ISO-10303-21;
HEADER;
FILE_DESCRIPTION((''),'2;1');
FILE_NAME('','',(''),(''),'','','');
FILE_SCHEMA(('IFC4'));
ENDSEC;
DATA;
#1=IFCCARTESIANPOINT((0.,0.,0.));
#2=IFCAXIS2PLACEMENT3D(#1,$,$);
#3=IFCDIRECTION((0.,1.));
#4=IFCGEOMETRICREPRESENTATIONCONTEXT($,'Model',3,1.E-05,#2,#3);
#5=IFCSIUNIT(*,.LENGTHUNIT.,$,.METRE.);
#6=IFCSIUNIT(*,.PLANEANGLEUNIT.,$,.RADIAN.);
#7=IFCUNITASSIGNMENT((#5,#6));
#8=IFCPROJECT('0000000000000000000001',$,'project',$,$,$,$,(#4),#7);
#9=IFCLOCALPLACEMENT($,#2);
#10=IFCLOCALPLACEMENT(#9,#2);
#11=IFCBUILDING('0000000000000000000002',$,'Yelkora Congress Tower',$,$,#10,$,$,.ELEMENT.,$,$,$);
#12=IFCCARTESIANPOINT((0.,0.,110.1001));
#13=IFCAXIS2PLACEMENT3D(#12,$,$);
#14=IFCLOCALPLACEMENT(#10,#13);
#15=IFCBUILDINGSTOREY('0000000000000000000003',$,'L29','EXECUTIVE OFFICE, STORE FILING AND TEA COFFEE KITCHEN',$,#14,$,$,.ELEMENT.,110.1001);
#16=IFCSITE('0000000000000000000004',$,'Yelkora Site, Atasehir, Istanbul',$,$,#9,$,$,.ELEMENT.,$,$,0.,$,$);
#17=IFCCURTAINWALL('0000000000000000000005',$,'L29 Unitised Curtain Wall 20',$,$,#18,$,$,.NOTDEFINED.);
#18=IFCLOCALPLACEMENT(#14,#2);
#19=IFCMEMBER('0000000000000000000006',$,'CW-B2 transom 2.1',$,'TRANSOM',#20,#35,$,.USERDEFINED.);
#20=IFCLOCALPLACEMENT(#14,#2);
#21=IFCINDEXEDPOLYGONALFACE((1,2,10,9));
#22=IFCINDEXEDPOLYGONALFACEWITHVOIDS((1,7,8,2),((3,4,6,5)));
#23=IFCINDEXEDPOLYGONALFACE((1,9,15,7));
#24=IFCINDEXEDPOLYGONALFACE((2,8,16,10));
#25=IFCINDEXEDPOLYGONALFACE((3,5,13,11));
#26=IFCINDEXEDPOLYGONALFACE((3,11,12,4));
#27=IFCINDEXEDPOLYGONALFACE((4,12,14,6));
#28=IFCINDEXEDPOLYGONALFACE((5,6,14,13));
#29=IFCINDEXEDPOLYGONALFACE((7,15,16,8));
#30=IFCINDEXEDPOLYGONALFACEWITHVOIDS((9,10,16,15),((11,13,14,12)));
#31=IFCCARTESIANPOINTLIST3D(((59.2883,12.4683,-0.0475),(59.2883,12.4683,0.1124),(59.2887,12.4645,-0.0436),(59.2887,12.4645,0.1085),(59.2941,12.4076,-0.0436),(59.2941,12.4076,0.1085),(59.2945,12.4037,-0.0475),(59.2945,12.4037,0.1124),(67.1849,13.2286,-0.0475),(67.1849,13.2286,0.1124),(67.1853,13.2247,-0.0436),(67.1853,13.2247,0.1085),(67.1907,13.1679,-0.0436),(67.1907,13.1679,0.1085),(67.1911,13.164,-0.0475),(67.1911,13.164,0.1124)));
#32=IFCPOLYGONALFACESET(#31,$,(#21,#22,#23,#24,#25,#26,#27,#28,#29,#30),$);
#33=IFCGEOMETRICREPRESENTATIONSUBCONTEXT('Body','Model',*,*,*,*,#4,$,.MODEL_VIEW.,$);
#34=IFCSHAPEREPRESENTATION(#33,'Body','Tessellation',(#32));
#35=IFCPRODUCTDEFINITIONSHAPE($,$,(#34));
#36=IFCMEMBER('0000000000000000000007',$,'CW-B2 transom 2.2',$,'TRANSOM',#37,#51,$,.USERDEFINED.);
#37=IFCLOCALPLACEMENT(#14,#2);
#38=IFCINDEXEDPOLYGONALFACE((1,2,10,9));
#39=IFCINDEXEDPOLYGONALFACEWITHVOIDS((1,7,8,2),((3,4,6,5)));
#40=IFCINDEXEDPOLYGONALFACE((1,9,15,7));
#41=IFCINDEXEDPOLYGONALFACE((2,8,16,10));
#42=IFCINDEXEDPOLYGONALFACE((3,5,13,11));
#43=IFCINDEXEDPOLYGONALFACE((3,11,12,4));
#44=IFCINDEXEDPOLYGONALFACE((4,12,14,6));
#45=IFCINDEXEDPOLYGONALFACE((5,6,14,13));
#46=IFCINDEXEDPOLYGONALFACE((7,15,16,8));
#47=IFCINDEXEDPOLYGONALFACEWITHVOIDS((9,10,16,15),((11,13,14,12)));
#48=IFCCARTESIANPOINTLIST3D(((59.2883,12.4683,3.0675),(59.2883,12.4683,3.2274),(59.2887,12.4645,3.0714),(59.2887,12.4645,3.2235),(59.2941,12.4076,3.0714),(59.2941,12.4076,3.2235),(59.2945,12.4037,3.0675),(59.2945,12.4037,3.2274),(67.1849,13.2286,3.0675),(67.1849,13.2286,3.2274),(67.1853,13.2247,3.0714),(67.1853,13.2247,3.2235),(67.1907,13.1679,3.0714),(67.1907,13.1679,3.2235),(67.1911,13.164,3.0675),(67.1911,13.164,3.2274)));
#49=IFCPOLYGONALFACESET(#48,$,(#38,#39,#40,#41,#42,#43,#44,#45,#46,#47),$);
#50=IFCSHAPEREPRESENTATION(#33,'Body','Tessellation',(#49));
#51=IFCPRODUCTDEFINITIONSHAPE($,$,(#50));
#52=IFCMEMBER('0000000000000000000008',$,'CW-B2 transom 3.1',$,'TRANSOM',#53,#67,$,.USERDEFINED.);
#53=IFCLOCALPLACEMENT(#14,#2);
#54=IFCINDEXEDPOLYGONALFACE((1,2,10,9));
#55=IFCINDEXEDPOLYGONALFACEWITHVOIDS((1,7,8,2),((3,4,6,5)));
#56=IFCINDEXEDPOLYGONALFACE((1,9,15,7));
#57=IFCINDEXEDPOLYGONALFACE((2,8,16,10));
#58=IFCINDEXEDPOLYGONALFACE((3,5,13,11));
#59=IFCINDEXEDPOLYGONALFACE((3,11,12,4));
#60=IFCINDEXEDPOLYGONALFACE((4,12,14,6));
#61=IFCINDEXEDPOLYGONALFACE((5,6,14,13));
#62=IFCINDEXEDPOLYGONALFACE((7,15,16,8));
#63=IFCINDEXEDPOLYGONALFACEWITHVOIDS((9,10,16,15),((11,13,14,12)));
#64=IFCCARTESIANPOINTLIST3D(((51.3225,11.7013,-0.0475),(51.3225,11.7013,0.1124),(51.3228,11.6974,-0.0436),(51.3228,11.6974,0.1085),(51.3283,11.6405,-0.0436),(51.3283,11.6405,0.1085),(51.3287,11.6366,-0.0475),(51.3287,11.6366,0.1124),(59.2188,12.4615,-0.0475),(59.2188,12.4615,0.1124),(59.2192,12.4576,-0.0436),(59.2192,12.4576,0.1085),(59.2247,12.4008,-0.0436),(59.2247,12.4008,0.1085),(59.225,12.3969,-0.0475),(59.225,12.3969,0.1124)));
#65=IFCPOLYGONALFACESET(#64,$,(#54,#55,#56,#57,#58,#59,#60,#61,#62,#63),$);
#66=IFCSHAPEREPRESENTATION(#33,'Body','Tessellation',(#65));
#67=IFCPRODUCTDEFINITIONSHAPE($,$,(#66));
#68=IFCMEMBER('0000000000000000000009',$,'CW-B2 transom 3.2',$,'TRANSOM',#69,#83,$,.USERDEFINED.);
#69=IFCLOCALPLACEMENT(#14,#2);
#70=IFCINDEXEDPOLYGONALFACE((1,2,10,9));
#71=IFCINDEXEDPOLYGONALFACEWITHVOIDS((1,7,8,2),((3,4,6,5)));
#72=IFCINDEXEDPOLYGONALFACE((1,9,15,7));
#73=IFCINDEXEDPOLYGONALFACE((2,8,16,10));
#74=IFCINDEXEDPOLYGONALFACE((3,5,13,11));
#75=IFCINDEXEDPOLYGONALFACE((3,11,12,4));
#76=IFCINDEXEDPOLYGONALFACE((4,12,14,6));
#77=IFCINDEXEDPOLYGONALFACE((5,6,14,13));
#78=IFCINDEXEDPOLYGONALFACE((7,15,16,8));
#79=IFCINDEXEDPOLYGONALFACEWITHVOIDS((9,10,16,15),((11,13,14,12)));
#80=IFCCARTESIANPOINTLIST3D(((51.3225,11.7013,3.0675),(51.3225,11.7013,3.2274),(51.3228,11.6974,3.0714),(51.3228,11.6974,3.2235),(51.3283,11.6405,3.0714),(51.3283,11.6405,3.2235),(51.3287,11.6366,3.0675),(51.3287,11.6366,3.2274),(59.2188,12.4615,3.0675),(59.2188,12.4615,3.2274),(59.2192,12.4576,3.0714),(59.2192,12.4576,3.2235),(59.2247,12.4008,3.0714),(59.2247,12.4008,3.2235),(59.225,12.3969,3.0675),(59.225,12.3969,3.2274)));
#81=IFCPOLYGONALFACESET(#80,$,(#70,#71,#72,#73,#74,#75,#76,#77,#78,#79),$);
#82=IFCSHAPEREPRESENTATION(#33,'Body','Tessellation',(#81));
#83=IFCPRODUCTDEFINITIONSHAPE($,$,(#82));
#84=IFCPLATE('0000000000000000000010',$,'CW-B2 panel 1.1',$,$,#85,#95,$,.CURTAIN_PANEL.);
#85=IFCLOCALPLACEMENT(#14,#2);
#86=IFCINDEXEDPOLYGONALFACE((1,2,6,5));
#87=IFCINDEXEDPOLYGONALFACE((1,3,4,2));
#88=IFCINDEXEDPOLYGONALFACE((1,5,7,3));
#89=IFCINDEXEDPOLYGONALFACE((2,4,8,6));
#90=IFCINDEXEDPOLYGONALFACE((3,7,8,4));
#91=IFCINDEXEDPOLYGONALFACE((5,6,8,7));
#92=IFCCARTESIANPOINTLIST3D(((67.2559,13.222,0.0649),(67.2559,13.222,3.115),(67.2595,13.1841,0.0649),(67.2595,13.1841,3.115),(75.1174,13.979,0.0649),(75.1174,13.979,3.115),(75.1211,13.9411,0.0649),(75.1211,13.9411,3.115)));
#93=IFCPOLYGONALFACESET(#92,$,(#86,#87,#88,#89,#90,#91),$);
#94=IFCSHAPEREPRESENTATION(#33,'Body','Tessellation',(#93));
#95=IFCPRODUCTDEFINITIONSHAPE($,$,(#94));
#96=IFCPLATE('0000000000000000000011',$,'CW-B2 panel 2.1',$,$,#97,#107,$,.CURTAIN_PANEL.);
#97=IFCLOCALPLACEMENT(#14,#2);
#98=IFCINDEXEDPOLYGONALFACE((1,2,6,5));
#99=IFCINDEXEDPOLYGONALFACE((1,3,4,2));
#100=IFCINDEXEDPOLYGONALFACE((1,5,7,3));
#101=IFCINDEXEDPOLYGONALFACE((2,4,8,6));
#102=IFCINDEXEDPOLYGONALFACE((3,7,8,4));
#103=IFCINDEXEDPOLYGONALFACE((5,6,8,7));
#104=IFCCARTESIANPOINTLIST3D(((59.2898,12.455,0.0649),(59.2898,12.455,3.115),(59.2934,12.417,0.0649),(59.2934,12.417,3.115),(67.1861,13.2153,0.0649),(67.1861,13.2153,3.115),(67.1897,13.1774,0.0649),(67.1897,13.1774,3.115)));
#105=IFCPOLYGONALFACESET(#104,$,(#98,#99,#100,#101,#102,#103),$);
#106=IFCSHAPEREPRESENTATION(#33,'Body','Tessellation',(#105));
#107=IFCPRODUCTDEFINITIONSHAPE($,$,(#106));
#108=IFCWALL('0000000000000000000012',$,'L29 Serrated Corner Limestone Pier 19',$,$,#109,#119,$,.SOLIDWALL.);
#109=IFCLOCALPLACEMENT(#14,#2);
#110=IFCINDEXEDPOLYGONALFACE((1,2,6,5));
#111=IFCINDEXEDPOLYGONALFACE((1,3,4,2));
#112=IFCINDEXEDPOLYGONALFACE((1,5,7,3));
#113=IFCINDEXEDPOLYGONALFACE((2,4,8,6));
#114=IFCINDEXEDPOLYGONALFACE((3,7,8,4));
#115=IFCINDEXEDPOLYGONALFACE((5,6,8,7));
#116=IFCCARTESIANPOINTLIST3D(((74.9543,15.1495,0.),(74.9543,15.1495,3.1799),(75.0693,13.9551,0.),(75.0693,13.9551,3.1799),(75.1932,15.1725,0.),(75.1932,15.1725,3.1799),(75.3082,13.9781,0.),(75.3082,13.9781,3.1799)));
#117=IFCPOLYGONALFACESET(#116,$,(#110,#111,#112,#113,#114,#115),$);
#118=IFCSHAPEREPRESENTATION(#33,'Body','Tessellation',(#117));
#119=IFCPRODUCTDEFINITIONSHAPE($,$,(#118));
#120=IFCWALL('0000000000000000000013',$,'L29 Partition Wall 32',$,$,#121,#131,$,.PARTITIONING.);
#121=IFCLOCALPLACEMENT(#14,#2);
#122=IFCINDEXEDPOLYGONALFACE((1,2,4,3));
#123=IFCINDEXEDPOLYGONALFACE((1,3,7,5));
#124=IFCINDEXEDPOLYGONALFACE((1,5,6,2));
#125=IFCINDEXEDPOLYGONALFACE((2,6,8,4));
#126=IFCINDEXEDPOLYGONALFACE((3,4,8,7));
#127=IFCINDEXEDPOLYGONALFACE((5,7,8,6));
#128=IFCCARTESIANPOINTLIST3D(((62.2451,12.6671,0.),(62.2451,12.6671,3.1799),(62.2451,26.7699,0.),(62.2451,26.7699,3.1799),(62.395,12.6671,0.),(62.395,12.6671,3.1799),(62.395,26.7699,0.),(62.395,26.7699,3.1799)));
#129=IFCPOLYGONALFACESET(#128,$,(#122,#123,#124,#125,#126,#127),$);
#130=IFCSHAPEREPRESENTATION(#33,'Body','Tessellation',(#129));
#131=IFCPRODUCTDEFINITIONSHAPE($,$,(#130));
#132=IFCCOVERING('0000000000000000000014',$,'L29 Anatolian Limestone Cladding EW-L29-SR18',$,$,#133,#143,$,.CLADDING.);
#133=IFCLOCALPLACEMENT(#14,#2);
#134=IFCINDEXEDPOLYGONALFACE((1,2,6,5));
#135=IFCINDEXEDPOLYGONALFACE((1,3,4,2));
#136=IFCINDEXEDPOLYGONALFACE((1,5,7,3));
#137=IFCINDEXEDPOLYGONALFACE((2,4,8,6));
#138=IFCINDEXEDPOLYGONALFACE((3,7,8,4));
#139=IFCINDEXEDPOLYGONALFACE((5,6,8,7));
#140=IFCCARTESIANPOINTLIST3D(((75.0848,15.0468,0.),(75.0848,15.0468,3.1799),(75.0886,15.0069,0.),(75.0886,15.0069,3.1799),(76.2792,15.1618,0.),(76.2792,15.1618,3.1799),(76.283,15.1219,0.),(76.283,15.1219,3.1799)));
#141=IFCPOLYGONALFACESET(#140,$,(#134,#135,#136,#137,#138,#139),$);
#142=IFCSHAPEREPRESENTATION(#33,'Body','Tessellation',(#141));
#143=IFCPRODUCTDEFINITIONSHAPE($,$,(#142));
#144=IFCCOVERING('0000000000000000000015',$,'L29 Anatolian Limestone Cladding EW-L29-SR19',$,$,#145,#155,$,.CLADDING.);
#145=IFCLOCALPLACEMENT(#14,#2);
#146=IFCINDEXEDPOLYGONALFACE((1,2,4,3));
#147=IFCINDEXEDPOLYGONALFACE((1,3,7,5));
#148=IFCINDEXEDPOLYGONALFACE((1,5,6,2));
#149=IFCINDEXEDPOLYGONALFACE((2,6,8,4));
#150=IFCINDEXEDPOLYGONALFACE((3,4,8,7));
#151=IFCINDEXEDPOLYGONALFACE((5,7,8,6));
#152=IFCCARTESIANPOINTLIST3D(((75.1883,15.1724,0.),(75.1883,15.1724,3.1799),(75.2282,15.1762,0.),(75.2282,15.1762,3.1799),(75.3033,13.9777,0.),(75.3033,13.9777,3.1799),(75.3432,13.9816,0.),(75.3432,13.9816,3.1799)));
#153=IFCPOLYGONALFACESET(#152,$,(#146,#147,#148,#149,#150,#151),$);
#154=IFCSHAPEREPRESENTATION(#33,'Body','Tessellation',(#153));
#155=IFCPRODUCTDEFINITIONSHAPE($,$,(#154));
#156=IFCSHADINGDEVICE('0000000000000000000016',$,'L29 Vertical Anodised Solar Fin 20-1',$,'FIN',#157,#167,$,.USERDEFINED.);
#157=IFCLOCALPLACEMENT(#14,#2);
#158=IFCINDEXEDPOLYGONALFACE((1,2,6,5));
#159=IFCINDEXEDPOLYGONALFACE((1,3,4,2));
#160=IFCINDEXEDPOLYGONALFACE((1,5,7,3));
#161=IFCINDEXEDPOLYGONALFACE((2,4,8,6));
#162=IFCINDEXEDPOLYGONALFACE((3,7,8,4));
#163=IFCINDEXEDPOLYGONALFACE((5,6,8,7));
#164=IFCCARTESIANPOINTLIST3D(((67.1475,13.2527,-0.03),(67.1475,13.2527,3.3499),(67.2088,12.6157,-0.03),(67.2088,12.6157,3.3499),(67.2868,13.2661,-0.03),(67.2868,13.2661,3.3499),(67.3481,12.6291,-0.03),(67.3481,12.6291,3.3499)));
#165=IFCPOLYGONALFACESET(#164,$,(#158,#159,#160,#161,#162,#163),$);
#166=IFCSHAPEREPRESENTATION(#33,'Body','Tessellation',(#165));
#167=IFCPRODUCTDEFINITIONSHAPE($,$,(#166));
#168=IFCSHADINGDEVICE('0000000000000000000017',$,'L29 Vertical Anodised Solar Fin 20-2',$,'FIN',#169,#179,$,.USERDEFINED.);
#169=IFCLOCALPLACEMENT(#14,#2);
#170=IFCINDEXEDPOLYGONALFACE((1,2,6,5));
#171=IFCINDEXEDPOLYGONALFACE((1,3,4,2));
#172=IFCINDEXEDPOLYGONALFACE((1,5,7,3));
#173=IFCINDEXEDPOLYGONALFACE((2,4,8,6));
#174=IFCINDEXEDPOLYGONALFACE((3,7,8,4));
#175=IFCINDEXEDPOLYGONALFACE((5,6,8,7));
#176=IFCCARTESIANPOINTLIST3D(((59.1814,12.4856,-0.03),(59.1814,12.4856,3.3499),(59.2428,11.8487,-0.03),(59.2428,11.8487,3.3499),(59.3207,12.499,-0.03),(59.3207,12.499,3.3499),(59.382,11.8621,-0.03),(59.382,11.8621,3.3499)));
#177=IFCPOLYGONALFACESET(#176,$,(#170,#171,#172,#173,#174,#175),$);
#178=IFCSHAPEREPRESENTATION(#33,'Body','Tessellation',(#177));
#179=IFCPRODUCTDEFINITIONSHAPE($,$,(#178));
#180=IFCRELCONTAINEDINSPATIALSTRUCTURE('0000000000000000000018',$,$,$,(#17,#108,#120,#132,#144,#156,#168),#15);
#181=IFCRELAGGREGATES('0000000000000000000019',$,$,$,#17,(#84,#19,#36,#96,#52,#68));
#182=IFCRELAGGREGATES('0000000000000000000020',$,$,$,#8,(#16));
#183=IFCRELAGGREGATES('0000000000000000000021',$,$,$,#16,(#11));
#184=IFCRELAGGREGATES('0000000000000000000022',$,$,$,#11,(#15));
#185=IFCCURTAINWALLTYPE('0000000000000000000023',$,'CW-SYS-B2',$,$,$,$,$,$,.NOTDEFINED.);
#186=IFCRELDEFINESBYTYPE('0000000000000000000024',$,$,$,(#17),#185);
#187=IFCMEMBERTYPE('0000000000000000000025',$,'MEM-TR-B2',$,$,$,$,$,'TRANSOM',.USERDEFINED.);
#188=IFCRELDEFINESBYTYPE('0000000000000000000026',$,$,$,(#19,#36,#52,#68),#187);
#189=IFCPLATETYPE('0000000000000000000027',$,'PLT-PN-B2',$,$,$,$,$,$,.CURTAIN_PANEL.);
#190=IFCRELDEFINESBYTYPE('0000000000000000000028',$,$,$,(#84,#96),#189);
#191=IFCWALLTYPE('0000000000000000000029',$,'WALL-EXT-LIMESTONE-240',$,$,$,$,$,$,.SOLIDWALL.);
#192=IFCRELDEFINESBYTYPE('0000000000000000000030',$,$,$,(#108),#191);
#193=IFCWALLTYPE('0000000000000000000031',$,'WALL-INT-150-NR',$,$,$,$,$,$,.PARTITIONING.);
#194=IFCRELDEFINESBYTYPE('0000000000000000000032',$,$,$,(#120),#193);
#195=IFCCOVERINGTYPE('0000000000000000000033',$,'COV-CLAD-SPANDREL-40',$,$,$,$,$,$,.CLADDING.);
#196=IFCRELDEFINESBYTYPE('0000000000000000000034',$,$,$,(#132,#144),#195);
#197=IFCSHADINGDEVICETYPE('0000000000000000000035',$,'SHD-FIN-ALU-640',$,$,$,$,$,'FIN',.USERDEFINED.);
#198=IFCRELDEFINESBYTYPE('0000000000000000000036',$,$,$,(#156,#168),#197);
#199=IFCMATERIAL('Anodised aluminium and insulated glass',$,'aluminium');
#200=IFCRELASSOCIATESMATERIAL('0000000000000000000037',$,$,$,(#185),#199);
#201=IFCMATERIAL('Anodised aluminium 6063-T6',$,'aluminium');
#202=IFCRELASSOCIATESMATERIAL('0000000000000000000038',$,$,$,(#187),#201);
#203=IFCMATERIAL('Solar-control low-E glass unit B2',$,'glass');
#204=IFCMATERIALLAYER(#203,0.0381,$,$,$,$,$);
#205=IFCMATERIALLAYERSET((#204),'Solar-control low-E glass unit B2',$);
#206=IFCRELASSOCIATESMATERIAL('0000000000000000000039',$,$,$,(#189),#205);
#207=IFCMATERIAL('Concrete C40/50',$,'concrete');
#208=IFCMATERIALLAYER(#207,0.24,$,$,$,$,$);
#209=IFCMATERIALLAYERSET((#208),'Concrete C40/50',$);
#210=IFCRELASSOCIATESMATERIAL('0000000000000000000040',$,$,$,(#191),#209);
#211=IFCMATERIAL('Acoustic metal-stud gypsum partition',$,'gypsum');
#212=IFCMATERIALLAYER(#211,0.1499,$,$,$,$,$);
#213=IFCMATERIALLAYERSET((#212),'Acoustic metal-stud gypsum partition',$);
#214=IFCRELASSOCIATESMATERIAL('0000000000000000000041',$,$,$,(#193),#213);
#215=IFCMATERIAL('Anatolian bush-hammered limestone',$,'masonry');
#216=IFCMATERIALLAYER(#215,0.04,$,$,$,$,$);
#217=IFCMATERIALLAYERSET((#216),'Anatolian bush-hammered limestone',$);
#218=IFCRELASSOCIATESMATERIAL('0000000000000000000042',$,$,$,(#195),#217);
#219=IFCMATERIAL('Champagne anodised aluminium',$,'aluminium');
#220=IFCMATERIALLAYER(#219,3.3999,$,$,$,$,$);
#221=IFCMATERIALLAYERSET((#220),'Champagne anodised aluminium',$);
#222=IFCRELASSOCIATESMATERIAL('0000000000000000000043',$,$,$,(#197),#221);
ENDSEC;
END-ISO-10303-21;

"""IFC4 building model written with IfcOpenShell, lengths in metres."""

from ifc_helpers import new_model, si_unit, direction, frame, frame_2d, origin, origin_2d, place, context, subcontext, project, spatial, rectangle, hollow_rectangle, extrude, material, layer, layer_set, material_profile, profile_set, type_object, element, aggregate, save


model = new_model("IFC4")

# Units and contexts
model_context = context("Model", 3, precision=1e-05, world=origin(), true_north=direction((0.0, 1.0)))
body_context = subcontext(model_context, "Body", "Model", "MODEL_VIEW")
ifc_project = project(units=[si_unit("LENGTHUNIT", "METRE"), si_unit("PLANEANGLEUNIT", "RADIAN")], contexts=[model_context])

# Site, building, storey
site_placement = place(None, origin())
site = spatial("IfcSite", under=ifc_project, at=site_placement, Name="Yelkora Site, Atasehir, Istanbul", CompositionType="ELEMENT", RefElevation=0.0)
building_placement = place(site_placement, origin())
building = spatial("IfcBuilding", under=site, at=building_placement, Name="Yelkora Congress Tower", CompositionType="ELEMENT")
storey_placement = place(building_placement, frame((0.0, 0.0, 110.1001)))
storey = spatial("IfcBuildingStorey", under=building, at=storey_placement, Name="L29", Description="EXECUTIVE OFFICE, STORE FILING AND TEA COFFEE KITCHEN", CompositionType="ELEMENT", Elevation=110.1001)

# Curtain wall, members, plates
ifc_material_1 = material(Name="Anodised aluminium and insulated glass", Category="aluminium")
curtain_wall_type = type_object("IfcCurtainWallType", Name="CW-SYS-B2", PredefinedType="NOTDEFINED", material=ifc_material_1)
curtain_wall_placement = place(storey_placement, origin())
curtain_wall = element("IfcCurtainWall", 1, at=curtain_wall_placement, inside=storey, type_object=curtain_wall_type, Name="L29 Unitised Curtain Wall 20", PredefinedType="NOTDEFINED")
ifc_material_2 = material(Name="Anodised aluminium 6063-T6", Category="aluminium")
ifc_material_profile_1 = material_profile(ifc_material_2, hollow_rectangle(XDim=0.0649, YDim=0.1599, WallThickness=0.0039, at=origin_2d()), Name="ALU 65x160x4")
ifc_profile_set_1 = profile_set([ifc_material_profile_1], Name="Anodised aluminium 6063-T6")
member_type_1 = type_object("IfcMemberType", Name="MEM-TR-B2", ElementType="TRANSOM", PredefinedType="USERDEFINED", material=ifc_profile_set_1)
member_1_placement = place(storey_placement, frame((67.188, 13.1963, 0.0325), z_axis=(-0.995397, -0.095834, 0.0), x_axis=(0.095834, -0.995397, 0.0)))
member_1 = element("IfcMember", 2, at=member_1_placement, type_object=member_type_1, Name="CW-B2 transom 2.1", ObjectType="TRANSOM", PredefinedType="USERDEFINED", context=body_context, shape_type="SweptSolid", body=[
    extrude(hollow_rectangle(XDim=0.0649, YDim=0.1599, WallThickness=0.0039, at=origin_2d()), origin(), (0.0, 0.0, 1.0), 7.9331),
])
member_2_placement = place(storey_placement, frame((67.188, 13.1963, 3.1475), z_axis=(-0.995397, -0.095834, 0.0), x_axis=(0.095834, -0.995397, 0.0)))
member_2 = element("IfcMember", 3, at=member_2_placement, type_object=member_type_1, Name="CW-B2 transom 2.2", ObjectType="TRANSOM", PredefinedType="USERDEFINED", context=body_context, shape_type="SweptSolid", body=[
    extrude(hollow_rectangle(XDim=0.0649, YDim=0.1599, WallThickness=0.0039, at=origin_2d()), origin(), (0.0, 0.0, 1.0), 7.9331),
])
member_3_placement = place(storey_placement, frame((59.2219, 12.4292, 0.0325), z_axis=(-0.995397, -0.095837, 0.0), x_axis=(0.095837, -0.995397, 0.0)))
member_3 = element("IfcMember", 4, at=member_3_placement, type_object=member_type_1, Name="CW-B2 transom 3.1", ObjectType="TRANSOM", PredefinedType="USERDEFINED", context=body_context, shape_type="SweptSolid", body=[
    extrude(hollow_rectangle(XDim=0.0649, YDim=0.1599, WallThickness=0.0039, at=origin_2d()), origin(), (0.0, 0.0, 1.0), 7.9329),
])
member_4_placement = place(storey_placement, frame((59.2219, 12.4292, 3.1475), z_axis=(-0.995397, -0.095837, 0.0), x_axis=(0.095837, -0.995397, 0.0)))
member_4 = element("IfcMember", 5, at=member_4_placement, type_object=member_type_1, Name="CW-B2 transom 3.2", ObjectType="TRANSOM", PredefinedType="USERDEFINED", context=body_context, shape_type="SweptSolid", body=[
    extrude(hollow_rectangle(XDim=0.0649, YDim=0.1599, WallThickness=0.0039, at=origin_2d()), origin(), (0.0, 0.0, 1.0), 7.9329),
])
ifc_material_3 = material(Name="Solar-control low-E glass unit B2", Category="glass")
ifc_layer_1 = layer(ifc_material_3, 0.0381)
ifc_layer_set_1 = layer_set([ifc_layer_1], Name="Solar-control low-E glass unit B2")
plate_type = type_object("IfcPlateType", Name="PLT-PN-B2", PredefinedType="CURTAIN_PANEL", material=ifc_layer_set_1)
plate_1_placement = place(storey_placement, frame((71.1885, 13.5815, 0.0649), z_axis=(0.0, 0.0, 1.0), x_axis=(-0.995396, -0.095844, 0.0)))
plate_1 = element("IfcPlate", 6, at=plate_1_placement, type_object=plate_type, Name="CW-B2 panel 1.1", PredefinedType="CURTAIN_PANEL", context=body_context, shape_type="SweptSolid", body=[
    extrude(rectangle(XDim=7.8979, YDim=0.0381, at=origin_2d()), origin(), (0.0, 0.0, 1.0), 3.05),
])
plate_2_placement = place(storey_placement, frame((63.2397, 12.8162, 0.0649), z_axis=(0.0, 0.0, 1.0), x_axis=(-0.995396, -0.095844, 0.0)))
plate_2 = element("IfcPlate", 7, at=plate_2_placement, type_object=plate_type, Name="CW-B2 panel 2.1", PredefinedType="CURTAIN_PANEL", context=body_context, shape_type="SweptSolid", body=[
    extrude(rectangle(XDim=7.9329, YDim=0.0381, at=origin_2d()), origin(), (0.0, 0.0, 1.0), 3.05),
])
aggregate(curtain_wall, [plate_1, member_1, member_2, plate_2, member_3, member_4])

# Walls
ifc_material_4 = material(Name="Concrete C40/50", Category="concrete")
ifc_layer_2 = layer(ifc_material_4, 0.24)
ifc_layer_set_2 = layer_set([ifc_layer_2], Name="Concrete C40/50")
wall_type_1 = type_object("IfcWallType", Name="WALL-EXT-LIMESTONE-240", PredefinedType="SOLIDWALL", material=ifc_layer_set_2)
wall_1_placement = place(storey_placement, frame((75.0737, 15.1611, 0.0), z_axis=(0.0, 0.0, 1.0), x_axis=(0.095836, -0.995397, 0.0)))
element("IfcWall", 8, at=wall_1_placement, inside=storey, type_object=wall_type_1, Name="L29 Serrated Corner Limestone Pier 19", PredefinedType="SOLIDWALL", context=body_context, shape_type="SweptSolid", body=[
    extrude(rectangle(XDim=1.2, YDim=0.24, at=frame_2d((0.6001, 0.0))), origin(), (0.0, 0.0, 1.0), 3.1799),
])
ifc_material_5 = material(Name="Acoustic metal-stud gypsum partition", Category="gypsum")
ifc_layer_3 = layer(ifc_material_5, 0.1499)
ifc_layer_set_3 = layer_set([ifc_layer_3], Name="Acoustic metal-stud gypsum partition")
wall_type_2 = type_object("IfcWallType", Name="WALL-INT-150-NR", PredefinedType="PARTITIONING", material=ifc_layer_set_3)
wall_2_placement = place(storey_placement, frame((62.3201, 12.6672, 0.0), z_axis=(0.0, 0.0, 1.0), x_axis=(0.0, 1.0, 0.0)))
element("IfcWall", 9, at=wall_2_placement, inside=storey, type_object=wall_type_2, Name="L29 Partition Wall 32", PredefinedType="PARTITIONING", context=body_context, shape_type="SweptSolid", body=[
    extrude(rectangle(XDim=14.1028, YDim=0.1499, at=frame_2d((7.0513, 0.0))), origin(), (0.0, 0.0, 1.0), 3.1799),
])

# Coverings
ifc_material_6 = material(Name="Anatolian bush-hammered limestone", Category="masonry")
ifc_layer_4 = layer(ifc_material_6, 0.04)
ifc_layer_set_4 = layer_set([ifc_layer_4], Name="Anatolian bush-hammered limestone")
covering_type = type_object("IfcCoveringType", Name="COV-CLAD-SPANDREL-40", PredefinedType="CLADDING", material=ifc_layer_set_4)
covering_1_placement = place(storey_placement, frame((76.2812, 15.1418, 0.0), z_axis=(0.0, 0.0, 1.0), x_axis=(-0.995397, -0.095836, 0.0)))
element("IfcCovering", 10, at=covering_1_placement, inside=storey, type_object=covering_type, Name="L29 Anatolian Limestone Cladding EW-L29-SR18", PredefinedType="CLADDING", context=body_context, shape_type="SweptSolid", body=[
    extrude(rectangle(XDim=1.2, YDim=0.04, at=frame_2d((0.6001, 0.0))), origin(), (0.0, 0.0, 1.0), 3.1799),
])
covering_2_placement = place(storey_placement, frame((75.2083, 15.1743, 0.0), z_axis=(0.0, 0.0, 1.0), x_axis=(0.095817, -0.995399, 0.0)))
element("IfcCovering", 11, at=covering_2_placement, inside=storey, type_object=covering_type, Name="L29 Anatolian Limestone Cladding EW-L29-SR19", PredefinedType="CLADDING", context=body_context, shape_type="SweptSolid", body=[
    extrude(rectangle(XDim=1.2002, YDim=0.04, at=frame_2d((0.6001, 0.0))), origin(), (0.0, 0.0, 1.0), 3.1799),
])

# Shading devices
ifc_material_7 = material(Name="Champagne anodised aluminium", Category="aluminium")
ifc_layer_5 = layer(ifc_material_7, 3.3999)
ifc_layer_set_5 = layer_set([ifc_layer_5], Name="Champagne anodised aluminium")
shading_device_type = type_object("IfcShadingDeviceType", Name="SHD-FIN-ALU-640", ElementType="FIN", PredefinedType="USERDEFINED", material=ifc_layer_set_5)
for number, where, z_axis, x_axis, name in (
    (12, (67.2478, 12.9409, -0.03), (0.0, 0.0, 1.0), (-0.995396, -0.095846, 0.0), "L29 Vertical Anodised Solar Fin 20-1"),
    (13, (59.2817, 12.1738, -0.03), (0.0, 0.0, 1.0), (-0.995396, -0.095846, 0.0), "L29 Vertical Anodised Solar Fin 20-2"),
):
    element("IfcShadingDevice", number, at=place(storey_placement, frame(where, z_axis=z_axis, x_axis=x_axis)), inside=storey, type_object=shading_device_type, Name=name, ObjectType="FIN", PredefinedType="USERDEFINED", context=body_context, shape_type="SweptSolid", body=[
        extrude(rectangle(XDim=0.1399, YDim=0.6399, at=origin_2d()), origin(), (0.0, 0.0, 1.0), 3.3799),
    ])

save(model, "model.ifc")
